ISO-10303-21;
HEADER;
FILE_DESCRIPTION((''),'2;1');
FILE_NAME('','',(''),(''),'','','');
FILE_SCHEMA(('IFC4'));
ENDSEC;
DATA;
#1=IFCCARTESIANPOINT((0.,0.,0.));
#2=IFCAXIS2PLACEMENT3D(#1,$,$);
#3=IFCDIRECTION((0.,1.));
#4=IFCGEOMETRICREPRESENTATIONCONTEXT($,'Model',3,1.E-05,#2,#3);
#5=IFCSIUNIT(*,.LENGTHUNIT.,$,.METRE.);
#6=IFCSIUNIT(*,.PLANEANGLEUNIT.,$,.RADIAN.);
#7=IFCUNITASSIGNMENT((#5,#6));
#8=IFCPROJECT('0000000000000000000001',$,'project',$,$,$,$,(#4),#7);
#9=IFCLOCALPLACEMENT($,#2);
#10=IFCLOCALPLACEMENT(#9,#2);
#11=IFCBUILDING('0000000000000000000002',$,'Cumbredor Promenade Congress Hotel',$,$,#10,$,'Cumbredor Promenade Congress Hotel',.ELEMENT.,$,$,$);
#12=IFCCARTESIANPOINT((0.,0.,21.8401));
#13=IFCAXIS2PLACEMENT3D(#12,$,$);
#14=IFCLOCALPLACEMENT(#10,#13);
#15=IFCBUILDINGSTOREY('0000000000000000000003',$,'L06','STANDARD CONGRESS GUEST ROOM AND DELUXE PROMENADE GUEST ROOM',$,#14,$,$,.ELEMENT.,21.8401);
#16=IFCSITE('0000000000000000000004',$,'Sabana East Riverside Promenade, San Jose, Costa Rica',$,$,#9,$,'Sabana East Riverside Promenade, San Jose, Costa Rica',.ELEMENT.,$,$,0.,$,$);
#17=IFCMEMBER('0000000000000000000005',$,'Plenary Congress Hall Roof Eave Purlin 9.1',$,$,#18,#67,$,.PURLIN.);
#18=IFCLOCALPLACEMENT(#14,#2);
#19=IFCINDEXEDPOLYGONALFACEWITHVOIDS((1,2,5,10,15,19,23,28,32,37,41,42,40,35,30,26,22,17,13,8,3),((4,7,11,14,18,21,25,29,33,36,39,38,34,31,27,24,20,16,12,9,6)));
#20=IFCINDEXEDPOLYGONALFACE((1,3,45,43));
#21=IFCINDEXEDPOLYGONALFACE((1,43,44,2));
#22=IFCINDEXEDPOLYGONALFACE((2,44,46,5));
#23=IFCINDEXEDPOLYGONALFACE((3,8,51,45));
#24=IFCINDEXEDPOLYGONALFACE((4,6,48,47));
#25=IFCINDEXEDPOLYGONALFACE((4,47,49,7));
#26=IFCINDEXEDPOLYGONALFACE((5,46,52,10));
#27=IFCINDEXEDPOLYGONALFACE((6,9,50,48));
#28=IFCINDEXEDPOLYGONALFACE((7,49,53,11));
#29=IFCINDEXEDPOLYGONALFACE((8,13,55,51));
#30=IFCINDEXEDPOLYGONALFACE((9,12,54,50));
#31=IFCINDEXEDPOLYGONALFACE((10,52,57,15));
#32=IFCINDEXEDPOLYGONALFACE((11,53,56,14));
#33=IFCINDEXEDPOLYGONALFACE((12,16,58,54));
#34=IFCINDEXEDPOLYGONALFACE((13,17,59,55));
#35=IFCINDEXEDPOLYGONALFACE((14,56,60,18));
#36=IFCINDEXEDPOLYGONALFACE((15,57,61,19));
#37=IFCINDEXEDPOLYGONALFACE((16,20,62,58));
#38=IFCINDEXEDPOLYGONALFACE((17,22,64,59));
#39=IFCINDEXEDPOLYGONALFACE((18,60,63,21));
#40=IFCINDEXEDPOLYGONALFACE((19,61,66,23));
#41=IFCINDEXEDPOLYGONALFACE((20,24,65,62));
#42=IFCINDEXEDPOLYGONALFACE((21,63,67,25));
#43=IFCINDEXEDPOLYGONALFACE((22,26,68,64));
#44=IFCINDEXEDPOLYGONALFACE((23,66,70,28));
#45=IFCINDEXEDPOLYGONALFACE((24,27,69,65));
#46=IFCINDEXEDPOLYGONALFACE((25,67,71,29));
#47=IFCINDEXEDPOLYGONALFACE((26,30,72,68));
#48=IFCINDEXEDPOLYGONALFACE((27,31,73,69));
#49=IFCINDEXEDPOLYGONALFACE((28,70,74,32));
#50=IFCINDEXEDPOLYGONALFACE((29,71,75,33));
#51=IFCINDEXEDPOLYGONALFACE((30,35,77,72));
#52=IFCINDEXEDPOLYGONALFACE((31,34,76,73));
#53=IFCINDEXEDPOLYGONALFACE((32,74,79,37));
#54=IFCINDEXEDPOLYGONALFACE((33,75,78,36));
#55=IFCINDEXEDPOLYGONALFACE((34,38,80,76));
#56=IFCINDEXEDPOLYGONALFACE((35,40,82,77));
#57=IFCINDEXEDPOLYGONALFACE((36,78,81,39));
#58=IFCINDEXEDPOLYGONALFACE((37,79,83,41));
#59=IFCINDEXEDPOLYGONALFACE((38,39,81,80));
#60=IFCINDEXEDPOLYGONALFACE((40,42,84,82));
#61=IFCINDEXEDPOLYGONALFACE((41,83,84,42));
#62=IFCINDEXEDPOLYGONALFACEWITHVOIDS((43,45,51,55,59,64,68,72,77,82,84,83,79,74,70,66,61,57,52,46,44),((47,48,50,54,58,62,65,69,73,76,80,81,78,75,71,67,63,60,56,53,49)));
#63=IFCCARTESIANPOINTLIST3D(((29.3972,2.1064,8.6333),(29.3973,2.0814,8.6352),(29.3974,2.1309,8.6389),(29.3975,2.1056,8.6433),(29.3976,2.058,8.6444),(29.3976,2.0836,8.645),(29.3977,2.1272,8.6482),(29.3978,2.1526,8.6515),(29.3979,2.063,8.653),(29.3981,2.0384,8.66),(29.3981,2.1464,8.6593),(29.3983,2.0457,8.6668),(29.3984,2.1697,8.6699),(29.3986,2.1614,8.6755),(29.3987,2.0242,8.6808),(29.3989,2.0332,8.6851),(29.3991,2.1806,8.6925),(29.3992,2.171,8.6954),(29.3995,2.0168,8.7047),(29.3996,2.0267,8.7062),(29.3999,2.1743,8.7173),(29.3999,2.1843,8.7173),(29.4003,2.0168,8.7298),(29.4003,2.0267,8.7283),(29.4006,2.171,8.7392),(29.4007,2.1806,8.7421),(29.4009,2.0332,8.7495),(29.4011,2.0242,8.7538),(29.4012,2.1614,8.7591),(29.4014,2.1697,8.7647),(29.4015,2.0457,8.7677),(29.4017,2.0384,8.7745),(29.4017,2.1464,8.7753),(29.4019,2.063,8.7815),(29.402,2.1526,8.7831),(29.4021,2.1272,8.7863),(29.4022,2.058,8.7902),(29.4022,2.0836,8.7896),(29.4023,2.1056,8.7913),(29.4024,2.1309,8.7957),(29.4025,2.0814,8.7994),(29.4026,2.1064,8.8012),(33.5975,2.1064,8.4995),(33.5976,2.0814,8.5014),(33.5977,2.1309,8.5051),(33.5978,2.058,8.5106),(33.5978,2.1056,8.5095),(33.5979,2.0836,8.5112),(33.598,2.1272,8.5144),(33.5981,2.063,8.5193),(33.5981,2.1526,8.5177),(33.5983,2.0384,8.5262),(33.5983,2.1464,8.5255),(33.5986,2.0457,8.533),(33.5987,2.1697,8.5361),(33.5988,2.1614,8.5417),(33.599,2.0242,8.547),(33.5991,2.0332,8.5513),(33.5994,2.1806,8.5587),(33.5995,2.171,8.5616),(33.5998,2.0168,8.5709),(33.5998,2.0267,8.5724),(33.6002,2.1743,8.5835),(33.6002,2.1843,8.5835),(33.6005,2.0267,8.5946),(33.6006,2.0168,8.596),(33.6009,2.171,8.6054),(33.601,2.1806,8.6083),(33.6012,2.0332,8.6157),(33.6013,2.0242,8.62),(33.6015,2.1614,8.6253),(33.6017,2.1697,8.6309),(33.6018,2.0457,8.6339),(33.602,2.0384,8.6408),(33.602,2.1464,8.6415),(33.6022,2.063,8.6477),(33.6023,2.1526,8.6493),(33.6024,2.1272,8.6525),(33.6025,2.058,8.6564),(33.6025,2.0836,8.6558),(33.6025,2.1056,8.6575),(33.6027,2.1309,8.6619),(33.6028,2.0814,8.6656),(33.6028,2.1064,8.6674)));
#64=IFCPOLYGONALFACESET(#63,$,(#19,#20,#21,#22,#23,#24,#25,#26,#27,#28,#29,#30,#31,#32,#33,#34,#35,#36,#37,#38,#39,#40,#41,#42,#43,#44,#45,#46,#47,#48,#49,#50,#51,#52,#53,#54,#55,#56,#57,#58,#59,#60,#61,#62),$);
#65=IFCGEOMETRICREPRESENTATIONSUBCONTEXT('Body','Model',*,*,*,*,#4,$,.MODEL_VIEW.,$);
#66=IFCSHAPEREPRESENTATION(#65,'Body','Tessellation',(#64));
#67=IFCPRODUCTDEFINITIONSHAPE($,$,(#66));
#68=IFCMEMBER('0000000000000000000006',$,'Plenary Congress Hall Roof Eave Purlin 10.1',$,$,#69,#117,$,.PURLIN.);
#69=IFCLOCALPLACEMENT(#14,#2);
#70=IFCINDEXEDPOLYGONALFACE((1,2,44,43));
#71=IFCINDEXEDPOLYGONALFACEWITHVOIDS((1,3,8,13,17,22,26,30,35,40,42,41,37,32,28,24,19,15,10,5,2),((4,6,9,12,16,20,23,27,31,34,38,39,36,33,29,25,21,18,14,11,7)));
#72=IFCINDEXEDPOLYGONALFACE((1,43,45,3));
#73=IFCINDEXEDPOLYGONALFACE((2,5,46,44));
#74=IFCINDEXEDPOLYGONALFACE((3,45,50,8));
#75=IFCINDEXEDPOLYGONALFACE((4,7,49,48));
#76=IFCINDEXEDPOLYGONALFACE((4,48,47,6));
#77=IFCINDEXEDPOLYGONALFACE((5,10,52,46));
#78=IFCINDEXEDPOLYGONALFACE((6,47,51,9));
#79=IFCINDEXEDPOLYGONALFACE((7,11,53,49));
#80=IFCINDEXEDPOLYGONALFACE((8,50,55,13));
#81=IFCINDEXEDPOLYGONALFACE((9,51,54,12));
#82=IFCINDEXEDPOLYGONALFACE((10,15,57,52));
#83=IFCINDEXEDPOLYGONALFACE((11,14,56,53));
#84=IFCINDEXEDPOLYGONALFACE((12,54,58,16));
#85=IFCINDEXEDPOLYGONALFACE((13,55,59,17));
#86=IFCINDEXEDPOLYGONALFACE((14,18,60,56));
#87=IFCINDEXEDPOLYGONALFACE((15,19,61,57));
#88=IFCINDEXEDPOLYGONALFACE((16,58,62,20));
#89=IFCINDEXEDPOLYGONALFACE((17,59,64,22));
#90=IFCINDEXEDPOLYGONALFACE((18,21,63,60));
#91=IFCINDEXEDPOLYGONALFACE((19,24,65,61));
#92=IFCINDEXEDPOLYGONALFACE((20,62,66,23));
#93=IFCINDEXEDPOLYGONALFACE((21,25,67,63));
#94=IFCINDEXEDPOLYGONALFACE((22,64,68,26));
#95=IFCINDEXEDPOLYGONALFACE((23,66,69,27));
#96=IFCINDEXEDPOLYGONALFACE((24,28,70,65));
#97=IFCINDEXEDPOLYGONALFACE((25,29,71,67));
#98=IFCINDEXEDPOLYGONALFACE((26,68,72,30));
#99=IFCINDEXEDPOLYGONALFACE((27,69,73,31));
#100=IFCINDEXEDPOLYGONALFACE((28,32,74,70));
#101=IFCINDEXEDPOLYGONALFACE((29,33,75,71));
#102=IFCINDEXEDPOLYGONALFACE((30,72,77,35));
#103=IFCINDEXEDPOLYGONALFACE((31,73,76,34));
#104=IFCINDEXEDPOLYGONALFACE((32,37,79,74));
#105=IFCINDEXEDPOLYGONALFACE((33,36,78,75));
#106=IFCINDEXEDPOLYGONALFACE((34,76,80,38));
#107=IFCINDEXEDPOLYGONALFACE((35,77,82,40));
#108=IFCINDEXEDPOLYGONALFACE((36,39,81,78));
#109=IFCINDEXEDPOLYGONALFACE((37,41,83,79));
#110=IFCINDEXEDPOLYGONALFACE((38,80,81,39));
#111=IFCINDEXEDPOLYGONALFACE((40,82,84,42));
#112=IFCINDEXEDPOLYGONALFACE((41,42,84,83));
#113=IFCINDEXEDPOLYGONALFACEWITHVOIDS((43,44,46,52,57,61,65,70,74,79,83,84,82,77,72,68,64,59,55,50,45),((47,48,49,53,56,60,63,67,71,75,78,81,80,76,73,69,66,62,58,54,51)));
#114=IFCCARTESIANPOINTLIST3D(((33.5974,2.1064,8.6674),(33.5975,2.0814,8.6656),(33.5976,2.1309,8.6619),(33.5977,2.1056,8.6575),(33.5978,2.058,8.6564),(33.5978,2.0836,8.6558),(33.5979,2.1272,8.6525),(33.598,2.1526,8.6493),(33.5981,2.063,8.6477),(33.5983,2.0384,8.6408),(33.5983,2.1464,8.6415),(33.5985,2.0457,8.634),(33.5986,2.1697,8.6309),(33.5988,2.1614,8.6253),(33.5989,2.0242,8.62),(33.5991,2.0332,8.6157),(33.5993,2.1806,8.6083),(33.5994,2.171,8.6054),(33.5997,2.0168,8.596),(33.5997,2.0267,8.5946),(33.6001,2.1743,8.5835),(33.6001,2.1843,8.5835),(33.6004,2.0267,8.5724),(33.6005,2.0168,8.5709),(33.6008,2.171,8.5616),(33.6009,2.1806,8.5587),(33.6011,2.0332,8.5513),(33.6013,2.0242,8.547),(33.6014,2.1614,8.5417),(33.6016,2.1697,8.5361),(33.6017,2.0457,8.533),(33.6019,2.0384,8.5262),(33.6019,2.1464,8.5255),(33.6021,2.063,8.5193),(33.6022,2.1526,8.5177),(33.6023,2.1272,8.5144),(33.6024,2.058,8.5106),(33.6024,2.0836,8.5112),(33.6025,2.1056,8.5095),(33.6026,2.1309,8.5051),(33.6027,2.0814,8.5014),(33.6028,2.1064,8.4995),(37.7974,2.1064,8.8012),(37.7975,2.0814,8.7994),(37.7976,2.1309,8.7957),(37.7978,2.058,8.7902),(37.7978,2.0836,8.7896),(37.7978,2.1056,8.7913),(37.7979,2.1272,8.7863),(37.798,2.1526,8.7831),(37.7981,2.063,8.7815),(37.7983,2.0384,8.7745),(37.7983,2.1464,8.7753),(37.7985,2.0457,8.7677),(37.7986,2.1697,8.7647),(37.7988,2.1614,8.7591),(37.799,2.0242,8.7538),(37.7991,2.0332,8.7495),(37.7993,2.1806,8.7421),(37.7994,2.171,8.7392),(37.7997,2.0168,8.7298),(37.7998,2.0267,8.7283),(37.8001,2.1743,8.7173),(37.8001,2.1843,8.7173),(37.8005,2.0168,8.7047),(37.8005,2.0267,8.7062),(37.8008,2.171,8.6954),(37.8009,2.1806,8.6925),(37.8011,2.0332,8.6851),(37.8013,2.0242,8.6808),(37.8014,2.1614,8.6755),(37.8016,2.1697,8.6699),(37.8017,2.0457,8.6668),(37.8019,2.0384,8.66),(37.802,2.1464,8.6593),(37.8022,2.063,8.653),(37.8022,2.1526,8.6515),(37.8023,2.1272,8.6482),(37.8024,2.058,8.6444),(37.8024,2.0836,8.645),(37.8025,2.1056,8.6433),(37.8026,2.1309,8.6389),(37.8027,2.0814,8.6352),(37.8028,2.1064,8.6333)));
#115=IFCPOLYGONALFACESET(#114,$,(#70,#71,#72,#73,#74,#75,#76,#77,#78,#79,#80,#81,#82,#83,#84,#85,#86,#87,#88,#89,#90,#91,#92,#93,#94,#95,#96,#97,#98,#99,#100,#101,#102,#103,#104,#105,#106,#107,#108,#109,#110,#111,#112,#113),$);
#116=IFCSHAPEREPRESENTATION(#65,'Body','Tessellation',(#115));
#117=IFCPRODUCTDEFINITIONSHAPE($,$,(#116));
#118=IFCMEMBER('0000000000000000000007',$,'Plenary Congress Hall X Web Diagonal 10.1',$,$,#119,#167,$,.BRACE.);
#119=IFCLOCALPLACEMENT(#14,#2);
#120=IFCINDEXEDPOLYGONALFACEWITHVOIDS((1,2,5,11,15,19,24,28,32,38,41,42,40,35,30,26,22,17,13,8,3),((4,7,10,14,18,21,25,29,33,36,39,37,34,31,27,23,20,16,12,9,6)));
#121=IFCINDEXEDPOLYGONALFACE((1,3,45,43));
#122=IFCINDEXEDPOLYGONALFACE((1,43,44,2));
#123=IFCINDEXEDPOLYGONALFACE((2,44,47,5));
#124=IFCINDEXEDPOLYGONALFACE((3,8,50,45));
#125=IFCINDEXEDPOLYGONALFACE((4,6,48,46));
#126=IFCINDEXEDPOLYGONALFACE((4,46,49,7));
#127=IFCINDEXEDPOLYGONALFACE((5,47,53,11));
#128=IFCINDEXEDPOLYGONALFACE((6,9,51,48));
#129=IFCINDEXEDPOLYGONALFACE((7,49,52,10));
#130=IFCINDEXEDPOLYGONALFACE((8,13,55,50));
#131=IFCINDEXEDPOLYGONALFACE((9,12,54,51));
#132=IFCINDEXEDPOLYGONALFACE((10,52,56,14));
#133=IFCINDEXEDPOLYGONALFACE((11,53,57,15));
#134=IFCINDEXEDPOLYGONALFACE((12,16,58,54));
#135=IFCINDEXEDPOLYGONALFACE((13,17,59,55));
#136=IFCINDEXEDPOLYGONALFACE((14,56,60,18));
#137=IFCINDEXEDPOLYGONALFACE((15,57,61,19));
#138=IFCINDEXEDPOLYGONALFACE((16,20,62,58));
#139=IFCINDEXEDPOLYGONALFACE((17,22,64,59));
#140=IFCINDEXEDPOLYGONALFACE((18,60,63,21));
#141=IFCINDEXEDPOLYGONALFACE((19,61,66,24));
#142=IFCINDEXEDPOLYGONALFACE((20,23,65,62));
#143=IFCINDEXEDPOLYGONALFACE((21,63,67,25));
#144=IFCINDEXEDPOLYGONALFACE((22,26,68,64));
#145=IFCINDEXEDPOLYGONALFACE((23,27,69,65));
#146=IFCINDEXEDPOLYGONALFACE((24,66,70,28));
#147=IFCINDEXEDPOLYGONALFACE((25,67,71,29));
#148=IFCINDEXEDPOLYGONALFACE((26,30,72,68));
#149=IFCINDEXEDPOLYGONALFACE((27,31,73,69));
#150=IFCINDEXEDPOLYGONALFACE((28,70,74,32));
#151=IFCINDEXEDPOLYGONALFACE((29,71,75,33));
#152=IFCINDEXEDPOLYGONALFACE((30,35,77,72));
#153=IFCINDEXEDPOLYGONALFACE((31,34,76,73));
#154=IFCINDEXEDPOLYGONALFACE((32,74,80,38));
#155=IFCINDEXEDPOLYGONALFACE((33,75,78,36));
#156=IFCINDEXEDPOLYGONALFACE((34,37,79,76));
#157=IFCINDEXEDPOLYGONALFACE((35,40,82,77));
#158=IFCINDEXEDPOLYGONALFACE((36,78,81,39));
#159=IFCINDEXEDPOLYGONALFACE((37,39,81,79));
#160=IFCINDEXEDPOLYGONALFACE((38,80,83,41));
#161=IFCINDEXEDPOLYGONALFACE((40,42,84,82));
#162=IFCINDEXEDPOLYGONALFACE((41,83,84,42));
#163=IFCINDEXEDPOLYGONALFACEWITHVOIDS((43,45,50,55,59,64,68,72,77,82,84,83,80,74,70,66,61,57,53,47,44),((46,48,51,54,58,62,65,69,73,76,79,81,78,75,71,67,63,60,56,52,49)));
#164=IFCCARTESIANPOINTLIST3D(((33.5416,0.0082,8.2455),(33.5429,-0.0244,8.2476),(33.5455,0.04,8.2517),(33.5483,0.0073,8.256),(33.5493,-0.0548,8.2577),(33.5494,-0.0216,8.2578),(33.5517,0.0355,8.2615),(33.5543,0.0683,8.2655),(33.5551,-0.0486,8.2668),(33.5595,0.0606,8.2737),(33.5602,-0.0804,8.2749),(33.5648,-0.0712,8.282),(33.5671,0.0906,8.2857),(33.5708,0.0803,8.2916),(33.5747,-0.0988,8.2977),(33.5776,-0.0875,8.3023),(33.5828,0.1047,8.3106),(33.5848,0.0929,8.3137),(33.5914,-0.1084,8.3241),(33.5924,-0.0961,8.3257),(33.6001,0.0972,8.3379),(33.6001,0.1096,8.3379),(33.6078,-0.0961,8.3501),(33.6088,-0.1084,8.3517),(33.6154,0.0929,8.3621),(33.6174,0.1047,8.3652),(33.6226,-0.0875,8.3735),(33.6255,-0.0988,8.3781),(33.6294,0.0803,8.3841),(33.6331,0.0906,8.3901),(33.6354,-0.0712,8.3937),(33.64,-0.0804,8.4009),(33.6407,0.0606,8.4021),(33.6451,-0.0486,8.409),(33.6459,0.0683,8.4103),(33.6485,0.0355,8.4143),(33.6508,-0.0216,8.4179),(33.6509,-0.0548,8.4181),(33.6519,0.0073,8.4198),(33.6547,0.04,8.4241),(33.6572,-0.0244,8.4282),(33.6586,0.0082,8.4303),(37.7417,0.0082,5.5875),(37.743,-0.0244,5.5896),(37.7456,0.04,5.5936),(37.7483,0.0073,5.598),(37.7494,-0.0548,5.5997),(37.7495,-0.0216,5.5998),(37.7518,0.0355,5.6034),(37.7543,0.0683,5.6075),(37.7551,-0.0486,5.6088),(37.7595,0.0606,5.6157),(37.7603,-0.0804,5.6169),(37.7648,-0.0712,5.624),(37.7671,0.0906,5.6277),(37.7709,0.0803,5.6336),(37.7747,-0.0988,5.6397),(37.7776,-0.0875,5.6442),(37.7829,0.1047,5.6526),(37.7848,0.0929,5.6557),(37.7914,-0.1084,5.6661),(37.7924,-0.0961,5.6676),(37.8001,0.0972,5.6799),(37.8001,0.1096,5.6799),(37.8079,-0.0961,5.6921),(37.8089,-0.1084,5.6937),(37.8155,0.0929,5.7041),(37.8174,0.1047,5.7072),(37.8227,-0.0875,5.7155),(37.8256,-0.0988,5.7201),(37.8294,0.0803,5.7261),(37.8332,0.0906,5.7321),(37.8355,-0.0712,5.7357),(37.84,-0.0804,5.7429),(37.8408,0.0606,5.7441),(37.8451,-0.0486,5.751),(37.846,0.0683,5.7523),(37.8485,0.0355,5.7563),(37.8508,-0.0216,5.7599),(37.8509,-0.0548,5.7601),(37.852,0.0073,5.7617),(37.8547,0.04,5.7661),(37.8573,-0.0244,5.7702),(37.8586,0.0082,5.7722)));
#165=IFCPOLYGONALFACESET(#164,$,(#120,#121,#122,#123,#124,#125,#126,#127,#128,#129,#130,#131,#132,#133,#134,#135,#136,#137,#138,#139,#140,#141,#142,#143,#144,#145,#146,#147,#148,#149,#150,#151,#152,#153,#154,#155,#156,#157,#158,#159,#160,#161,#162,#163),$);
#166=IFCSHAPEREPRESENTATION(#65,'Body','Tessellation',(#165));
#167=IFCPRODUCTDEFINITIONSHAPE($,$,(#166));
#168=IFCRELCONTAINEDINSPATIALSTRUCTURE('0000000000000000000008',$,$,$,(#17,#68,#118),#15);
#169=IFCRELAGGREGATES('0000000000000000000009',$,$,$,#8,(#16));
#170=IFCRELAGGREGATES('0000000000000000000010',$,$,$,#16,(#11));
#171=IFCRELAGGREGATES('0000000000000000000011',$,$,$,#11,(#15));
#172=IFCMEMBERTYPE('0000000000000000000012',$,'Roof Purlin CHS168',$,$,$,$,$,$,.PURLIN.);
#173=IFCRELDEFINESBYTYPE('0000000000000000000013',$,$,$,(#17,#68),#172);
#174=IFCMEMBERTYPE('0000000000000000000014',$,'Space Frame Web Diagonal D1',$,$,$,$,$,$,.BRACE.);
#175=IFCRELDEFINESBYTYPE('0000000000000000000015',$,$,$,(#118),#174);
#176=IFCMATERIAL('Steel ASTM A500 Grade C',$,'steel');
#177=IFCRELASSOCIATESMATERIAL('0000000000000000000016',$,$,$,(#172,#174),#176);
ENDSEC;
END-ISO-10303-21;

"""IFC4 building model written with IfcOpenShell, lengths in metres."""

from ifc_helpers import new_model, si_unit, direction, frame, origin, origin_2d, place, context, subcontext, project, spatial, hollow_circle, extrude, material, material_profile, profile_set, type_object, element, save


model = new_model("IFC4")

# Units and contexts
model_context = context("Model", 3, precision=1e-05, world=origin(), true_north=direction((0.0, 1.0)))
body_context = subcontext(model_context, "Body", "Model", "MODEL_VIEW")
ifc_project = project(units=[si_unit("LENGTHUNIT", "METRE"), si_unit("PLANEANGLEUNIT", "RADIAN")], contexts=[model_context])

# Site, building, storey
site_placement = place(None, origin())
site = spatial("IfcSite", under=ifc_project, at=site_placement, Name="Sabana East Riverside Promenade, San Jose, Costa Rica", LongName="Sabana East Riverside Promenade, San Jose, Costa Rica", CompositionType="ELEMENT", RefElevation=0.0)
building_placement = place(site_placement, origin())
building = spatial("IfcBuilding", under=site, at=building_placement, Name="Cumbredor Promenade Congress Hotel", LongName="Cumbredor Promenade Congress Hotel", CompositionType="ELEMENT")
storey_placement = place(building_placement, frame((0.0, 0.0, 21.8401)))
storey = spatial("IfcBuildingStorey", under=building, at=storey_placement, Name="L06", Description="STANDARD CONGRESS GUEST ROOM AND DELUXE PROMENADE GUEST ROOM", CompositionType="ELEMENT", Elevation=21.8401)

# Members
ifc_material_1 = material(Name="Steel ASTM A500 Grade C", Category="steel")
ifc_material_profile_1 = material_profile(ifc_material_1, hollow_circle(Radius=0.0842, WallThickness=0.01, at=origin_2d()), Name="CHS 168.3x10")
ifc_profile_set_1 = profile_set([ifc_material_profile_1], Name="Steel ASTM A500 Grade C")
member_type_1 = type_object("IfcMemberType", Name="Roof Purlin CHS168", PredefinedType="PURLIN", material=ifc_profile_set_1)
member_1_placement = place(storey_placement, frame((29.3999, 2.1001, 8.7173), z_axis=(0.999493, 0.0, -0.031837), x_axis=(0.0, 1.0, 0.0)))
element("IfcMember", 1, at=member_1_placement, inside=storey, type_object=member_type_1, Name="Plenary Congress Hall Roof Eave Purlin 9.1", PredefinedType="PURLIN", context=body_context, shape_type="SweptSolid", body=[
    extrude(hollow_circle(Radius=0.0842, WallThickness=0.01, at=origin_2d()), origin(), (0.0, 0.0, 1.0), 4.2024),
])
member_2_placement = place(storey_placement, frame((33.6001, 2.1001, 8.5835), z_axis=(0.999493, 0.0, 0.031839), x_axis=(0.0, 1.0, 0.0)))
element("IfcMember", 2, at=member_2_placement, inside=storey, type_object=member_type_1, Name="Plenary Congress Hall Roof Eave Purlin 10.1", PredefinedType="PURLIN", context=body_context, shape_type="SweptSolid", body=[
    extrude(hollow_circle(Radius=0.0842, WallThickness=0.01, at=origin_2d()), origin(), (0.0, 0.0, 1.0), 4.2021),
])
ifc_material_profile_2 = material_profile(ifc_material_1, hollow_circle(Radius=0.1096, WallThickness=0.0125, at=origin_2d()), Name="CHS 219.1x12.5")
ifc_profile_set_2 = profile_set([ifc_material_profile_2], Name="Steel ASTM A500 Grade C")
member_type_2 = type_object("IfcMemberType", Name="Space Frame Web Diagonal D1", PredefinedType="BRACE", material=ifc_profile_set_2)
member_3_placement = place(storey_placement, frame((33.6001, 0.0, 8.3379), z_axis=(0.845002, 0.0, -0.534763), x_axis=(0.0, 1.0, 0.0)))
element("IfcMember", 3, at=member_3_placement, inside=storey, type_object=member_type_2, Name="Plenary Congress Hall X Web Diagonal 10.1", PredefinedType="BRACE", context=body_context, shape_type="SweptSolid", body=[
    extrude(hollow_circle(Radius=0.1096, WallThickness=0.0125, at=origin_2d()), origin(), (0.0, 0.0, 1.0), 4.9705),
])

save(model, "model.ifc")
